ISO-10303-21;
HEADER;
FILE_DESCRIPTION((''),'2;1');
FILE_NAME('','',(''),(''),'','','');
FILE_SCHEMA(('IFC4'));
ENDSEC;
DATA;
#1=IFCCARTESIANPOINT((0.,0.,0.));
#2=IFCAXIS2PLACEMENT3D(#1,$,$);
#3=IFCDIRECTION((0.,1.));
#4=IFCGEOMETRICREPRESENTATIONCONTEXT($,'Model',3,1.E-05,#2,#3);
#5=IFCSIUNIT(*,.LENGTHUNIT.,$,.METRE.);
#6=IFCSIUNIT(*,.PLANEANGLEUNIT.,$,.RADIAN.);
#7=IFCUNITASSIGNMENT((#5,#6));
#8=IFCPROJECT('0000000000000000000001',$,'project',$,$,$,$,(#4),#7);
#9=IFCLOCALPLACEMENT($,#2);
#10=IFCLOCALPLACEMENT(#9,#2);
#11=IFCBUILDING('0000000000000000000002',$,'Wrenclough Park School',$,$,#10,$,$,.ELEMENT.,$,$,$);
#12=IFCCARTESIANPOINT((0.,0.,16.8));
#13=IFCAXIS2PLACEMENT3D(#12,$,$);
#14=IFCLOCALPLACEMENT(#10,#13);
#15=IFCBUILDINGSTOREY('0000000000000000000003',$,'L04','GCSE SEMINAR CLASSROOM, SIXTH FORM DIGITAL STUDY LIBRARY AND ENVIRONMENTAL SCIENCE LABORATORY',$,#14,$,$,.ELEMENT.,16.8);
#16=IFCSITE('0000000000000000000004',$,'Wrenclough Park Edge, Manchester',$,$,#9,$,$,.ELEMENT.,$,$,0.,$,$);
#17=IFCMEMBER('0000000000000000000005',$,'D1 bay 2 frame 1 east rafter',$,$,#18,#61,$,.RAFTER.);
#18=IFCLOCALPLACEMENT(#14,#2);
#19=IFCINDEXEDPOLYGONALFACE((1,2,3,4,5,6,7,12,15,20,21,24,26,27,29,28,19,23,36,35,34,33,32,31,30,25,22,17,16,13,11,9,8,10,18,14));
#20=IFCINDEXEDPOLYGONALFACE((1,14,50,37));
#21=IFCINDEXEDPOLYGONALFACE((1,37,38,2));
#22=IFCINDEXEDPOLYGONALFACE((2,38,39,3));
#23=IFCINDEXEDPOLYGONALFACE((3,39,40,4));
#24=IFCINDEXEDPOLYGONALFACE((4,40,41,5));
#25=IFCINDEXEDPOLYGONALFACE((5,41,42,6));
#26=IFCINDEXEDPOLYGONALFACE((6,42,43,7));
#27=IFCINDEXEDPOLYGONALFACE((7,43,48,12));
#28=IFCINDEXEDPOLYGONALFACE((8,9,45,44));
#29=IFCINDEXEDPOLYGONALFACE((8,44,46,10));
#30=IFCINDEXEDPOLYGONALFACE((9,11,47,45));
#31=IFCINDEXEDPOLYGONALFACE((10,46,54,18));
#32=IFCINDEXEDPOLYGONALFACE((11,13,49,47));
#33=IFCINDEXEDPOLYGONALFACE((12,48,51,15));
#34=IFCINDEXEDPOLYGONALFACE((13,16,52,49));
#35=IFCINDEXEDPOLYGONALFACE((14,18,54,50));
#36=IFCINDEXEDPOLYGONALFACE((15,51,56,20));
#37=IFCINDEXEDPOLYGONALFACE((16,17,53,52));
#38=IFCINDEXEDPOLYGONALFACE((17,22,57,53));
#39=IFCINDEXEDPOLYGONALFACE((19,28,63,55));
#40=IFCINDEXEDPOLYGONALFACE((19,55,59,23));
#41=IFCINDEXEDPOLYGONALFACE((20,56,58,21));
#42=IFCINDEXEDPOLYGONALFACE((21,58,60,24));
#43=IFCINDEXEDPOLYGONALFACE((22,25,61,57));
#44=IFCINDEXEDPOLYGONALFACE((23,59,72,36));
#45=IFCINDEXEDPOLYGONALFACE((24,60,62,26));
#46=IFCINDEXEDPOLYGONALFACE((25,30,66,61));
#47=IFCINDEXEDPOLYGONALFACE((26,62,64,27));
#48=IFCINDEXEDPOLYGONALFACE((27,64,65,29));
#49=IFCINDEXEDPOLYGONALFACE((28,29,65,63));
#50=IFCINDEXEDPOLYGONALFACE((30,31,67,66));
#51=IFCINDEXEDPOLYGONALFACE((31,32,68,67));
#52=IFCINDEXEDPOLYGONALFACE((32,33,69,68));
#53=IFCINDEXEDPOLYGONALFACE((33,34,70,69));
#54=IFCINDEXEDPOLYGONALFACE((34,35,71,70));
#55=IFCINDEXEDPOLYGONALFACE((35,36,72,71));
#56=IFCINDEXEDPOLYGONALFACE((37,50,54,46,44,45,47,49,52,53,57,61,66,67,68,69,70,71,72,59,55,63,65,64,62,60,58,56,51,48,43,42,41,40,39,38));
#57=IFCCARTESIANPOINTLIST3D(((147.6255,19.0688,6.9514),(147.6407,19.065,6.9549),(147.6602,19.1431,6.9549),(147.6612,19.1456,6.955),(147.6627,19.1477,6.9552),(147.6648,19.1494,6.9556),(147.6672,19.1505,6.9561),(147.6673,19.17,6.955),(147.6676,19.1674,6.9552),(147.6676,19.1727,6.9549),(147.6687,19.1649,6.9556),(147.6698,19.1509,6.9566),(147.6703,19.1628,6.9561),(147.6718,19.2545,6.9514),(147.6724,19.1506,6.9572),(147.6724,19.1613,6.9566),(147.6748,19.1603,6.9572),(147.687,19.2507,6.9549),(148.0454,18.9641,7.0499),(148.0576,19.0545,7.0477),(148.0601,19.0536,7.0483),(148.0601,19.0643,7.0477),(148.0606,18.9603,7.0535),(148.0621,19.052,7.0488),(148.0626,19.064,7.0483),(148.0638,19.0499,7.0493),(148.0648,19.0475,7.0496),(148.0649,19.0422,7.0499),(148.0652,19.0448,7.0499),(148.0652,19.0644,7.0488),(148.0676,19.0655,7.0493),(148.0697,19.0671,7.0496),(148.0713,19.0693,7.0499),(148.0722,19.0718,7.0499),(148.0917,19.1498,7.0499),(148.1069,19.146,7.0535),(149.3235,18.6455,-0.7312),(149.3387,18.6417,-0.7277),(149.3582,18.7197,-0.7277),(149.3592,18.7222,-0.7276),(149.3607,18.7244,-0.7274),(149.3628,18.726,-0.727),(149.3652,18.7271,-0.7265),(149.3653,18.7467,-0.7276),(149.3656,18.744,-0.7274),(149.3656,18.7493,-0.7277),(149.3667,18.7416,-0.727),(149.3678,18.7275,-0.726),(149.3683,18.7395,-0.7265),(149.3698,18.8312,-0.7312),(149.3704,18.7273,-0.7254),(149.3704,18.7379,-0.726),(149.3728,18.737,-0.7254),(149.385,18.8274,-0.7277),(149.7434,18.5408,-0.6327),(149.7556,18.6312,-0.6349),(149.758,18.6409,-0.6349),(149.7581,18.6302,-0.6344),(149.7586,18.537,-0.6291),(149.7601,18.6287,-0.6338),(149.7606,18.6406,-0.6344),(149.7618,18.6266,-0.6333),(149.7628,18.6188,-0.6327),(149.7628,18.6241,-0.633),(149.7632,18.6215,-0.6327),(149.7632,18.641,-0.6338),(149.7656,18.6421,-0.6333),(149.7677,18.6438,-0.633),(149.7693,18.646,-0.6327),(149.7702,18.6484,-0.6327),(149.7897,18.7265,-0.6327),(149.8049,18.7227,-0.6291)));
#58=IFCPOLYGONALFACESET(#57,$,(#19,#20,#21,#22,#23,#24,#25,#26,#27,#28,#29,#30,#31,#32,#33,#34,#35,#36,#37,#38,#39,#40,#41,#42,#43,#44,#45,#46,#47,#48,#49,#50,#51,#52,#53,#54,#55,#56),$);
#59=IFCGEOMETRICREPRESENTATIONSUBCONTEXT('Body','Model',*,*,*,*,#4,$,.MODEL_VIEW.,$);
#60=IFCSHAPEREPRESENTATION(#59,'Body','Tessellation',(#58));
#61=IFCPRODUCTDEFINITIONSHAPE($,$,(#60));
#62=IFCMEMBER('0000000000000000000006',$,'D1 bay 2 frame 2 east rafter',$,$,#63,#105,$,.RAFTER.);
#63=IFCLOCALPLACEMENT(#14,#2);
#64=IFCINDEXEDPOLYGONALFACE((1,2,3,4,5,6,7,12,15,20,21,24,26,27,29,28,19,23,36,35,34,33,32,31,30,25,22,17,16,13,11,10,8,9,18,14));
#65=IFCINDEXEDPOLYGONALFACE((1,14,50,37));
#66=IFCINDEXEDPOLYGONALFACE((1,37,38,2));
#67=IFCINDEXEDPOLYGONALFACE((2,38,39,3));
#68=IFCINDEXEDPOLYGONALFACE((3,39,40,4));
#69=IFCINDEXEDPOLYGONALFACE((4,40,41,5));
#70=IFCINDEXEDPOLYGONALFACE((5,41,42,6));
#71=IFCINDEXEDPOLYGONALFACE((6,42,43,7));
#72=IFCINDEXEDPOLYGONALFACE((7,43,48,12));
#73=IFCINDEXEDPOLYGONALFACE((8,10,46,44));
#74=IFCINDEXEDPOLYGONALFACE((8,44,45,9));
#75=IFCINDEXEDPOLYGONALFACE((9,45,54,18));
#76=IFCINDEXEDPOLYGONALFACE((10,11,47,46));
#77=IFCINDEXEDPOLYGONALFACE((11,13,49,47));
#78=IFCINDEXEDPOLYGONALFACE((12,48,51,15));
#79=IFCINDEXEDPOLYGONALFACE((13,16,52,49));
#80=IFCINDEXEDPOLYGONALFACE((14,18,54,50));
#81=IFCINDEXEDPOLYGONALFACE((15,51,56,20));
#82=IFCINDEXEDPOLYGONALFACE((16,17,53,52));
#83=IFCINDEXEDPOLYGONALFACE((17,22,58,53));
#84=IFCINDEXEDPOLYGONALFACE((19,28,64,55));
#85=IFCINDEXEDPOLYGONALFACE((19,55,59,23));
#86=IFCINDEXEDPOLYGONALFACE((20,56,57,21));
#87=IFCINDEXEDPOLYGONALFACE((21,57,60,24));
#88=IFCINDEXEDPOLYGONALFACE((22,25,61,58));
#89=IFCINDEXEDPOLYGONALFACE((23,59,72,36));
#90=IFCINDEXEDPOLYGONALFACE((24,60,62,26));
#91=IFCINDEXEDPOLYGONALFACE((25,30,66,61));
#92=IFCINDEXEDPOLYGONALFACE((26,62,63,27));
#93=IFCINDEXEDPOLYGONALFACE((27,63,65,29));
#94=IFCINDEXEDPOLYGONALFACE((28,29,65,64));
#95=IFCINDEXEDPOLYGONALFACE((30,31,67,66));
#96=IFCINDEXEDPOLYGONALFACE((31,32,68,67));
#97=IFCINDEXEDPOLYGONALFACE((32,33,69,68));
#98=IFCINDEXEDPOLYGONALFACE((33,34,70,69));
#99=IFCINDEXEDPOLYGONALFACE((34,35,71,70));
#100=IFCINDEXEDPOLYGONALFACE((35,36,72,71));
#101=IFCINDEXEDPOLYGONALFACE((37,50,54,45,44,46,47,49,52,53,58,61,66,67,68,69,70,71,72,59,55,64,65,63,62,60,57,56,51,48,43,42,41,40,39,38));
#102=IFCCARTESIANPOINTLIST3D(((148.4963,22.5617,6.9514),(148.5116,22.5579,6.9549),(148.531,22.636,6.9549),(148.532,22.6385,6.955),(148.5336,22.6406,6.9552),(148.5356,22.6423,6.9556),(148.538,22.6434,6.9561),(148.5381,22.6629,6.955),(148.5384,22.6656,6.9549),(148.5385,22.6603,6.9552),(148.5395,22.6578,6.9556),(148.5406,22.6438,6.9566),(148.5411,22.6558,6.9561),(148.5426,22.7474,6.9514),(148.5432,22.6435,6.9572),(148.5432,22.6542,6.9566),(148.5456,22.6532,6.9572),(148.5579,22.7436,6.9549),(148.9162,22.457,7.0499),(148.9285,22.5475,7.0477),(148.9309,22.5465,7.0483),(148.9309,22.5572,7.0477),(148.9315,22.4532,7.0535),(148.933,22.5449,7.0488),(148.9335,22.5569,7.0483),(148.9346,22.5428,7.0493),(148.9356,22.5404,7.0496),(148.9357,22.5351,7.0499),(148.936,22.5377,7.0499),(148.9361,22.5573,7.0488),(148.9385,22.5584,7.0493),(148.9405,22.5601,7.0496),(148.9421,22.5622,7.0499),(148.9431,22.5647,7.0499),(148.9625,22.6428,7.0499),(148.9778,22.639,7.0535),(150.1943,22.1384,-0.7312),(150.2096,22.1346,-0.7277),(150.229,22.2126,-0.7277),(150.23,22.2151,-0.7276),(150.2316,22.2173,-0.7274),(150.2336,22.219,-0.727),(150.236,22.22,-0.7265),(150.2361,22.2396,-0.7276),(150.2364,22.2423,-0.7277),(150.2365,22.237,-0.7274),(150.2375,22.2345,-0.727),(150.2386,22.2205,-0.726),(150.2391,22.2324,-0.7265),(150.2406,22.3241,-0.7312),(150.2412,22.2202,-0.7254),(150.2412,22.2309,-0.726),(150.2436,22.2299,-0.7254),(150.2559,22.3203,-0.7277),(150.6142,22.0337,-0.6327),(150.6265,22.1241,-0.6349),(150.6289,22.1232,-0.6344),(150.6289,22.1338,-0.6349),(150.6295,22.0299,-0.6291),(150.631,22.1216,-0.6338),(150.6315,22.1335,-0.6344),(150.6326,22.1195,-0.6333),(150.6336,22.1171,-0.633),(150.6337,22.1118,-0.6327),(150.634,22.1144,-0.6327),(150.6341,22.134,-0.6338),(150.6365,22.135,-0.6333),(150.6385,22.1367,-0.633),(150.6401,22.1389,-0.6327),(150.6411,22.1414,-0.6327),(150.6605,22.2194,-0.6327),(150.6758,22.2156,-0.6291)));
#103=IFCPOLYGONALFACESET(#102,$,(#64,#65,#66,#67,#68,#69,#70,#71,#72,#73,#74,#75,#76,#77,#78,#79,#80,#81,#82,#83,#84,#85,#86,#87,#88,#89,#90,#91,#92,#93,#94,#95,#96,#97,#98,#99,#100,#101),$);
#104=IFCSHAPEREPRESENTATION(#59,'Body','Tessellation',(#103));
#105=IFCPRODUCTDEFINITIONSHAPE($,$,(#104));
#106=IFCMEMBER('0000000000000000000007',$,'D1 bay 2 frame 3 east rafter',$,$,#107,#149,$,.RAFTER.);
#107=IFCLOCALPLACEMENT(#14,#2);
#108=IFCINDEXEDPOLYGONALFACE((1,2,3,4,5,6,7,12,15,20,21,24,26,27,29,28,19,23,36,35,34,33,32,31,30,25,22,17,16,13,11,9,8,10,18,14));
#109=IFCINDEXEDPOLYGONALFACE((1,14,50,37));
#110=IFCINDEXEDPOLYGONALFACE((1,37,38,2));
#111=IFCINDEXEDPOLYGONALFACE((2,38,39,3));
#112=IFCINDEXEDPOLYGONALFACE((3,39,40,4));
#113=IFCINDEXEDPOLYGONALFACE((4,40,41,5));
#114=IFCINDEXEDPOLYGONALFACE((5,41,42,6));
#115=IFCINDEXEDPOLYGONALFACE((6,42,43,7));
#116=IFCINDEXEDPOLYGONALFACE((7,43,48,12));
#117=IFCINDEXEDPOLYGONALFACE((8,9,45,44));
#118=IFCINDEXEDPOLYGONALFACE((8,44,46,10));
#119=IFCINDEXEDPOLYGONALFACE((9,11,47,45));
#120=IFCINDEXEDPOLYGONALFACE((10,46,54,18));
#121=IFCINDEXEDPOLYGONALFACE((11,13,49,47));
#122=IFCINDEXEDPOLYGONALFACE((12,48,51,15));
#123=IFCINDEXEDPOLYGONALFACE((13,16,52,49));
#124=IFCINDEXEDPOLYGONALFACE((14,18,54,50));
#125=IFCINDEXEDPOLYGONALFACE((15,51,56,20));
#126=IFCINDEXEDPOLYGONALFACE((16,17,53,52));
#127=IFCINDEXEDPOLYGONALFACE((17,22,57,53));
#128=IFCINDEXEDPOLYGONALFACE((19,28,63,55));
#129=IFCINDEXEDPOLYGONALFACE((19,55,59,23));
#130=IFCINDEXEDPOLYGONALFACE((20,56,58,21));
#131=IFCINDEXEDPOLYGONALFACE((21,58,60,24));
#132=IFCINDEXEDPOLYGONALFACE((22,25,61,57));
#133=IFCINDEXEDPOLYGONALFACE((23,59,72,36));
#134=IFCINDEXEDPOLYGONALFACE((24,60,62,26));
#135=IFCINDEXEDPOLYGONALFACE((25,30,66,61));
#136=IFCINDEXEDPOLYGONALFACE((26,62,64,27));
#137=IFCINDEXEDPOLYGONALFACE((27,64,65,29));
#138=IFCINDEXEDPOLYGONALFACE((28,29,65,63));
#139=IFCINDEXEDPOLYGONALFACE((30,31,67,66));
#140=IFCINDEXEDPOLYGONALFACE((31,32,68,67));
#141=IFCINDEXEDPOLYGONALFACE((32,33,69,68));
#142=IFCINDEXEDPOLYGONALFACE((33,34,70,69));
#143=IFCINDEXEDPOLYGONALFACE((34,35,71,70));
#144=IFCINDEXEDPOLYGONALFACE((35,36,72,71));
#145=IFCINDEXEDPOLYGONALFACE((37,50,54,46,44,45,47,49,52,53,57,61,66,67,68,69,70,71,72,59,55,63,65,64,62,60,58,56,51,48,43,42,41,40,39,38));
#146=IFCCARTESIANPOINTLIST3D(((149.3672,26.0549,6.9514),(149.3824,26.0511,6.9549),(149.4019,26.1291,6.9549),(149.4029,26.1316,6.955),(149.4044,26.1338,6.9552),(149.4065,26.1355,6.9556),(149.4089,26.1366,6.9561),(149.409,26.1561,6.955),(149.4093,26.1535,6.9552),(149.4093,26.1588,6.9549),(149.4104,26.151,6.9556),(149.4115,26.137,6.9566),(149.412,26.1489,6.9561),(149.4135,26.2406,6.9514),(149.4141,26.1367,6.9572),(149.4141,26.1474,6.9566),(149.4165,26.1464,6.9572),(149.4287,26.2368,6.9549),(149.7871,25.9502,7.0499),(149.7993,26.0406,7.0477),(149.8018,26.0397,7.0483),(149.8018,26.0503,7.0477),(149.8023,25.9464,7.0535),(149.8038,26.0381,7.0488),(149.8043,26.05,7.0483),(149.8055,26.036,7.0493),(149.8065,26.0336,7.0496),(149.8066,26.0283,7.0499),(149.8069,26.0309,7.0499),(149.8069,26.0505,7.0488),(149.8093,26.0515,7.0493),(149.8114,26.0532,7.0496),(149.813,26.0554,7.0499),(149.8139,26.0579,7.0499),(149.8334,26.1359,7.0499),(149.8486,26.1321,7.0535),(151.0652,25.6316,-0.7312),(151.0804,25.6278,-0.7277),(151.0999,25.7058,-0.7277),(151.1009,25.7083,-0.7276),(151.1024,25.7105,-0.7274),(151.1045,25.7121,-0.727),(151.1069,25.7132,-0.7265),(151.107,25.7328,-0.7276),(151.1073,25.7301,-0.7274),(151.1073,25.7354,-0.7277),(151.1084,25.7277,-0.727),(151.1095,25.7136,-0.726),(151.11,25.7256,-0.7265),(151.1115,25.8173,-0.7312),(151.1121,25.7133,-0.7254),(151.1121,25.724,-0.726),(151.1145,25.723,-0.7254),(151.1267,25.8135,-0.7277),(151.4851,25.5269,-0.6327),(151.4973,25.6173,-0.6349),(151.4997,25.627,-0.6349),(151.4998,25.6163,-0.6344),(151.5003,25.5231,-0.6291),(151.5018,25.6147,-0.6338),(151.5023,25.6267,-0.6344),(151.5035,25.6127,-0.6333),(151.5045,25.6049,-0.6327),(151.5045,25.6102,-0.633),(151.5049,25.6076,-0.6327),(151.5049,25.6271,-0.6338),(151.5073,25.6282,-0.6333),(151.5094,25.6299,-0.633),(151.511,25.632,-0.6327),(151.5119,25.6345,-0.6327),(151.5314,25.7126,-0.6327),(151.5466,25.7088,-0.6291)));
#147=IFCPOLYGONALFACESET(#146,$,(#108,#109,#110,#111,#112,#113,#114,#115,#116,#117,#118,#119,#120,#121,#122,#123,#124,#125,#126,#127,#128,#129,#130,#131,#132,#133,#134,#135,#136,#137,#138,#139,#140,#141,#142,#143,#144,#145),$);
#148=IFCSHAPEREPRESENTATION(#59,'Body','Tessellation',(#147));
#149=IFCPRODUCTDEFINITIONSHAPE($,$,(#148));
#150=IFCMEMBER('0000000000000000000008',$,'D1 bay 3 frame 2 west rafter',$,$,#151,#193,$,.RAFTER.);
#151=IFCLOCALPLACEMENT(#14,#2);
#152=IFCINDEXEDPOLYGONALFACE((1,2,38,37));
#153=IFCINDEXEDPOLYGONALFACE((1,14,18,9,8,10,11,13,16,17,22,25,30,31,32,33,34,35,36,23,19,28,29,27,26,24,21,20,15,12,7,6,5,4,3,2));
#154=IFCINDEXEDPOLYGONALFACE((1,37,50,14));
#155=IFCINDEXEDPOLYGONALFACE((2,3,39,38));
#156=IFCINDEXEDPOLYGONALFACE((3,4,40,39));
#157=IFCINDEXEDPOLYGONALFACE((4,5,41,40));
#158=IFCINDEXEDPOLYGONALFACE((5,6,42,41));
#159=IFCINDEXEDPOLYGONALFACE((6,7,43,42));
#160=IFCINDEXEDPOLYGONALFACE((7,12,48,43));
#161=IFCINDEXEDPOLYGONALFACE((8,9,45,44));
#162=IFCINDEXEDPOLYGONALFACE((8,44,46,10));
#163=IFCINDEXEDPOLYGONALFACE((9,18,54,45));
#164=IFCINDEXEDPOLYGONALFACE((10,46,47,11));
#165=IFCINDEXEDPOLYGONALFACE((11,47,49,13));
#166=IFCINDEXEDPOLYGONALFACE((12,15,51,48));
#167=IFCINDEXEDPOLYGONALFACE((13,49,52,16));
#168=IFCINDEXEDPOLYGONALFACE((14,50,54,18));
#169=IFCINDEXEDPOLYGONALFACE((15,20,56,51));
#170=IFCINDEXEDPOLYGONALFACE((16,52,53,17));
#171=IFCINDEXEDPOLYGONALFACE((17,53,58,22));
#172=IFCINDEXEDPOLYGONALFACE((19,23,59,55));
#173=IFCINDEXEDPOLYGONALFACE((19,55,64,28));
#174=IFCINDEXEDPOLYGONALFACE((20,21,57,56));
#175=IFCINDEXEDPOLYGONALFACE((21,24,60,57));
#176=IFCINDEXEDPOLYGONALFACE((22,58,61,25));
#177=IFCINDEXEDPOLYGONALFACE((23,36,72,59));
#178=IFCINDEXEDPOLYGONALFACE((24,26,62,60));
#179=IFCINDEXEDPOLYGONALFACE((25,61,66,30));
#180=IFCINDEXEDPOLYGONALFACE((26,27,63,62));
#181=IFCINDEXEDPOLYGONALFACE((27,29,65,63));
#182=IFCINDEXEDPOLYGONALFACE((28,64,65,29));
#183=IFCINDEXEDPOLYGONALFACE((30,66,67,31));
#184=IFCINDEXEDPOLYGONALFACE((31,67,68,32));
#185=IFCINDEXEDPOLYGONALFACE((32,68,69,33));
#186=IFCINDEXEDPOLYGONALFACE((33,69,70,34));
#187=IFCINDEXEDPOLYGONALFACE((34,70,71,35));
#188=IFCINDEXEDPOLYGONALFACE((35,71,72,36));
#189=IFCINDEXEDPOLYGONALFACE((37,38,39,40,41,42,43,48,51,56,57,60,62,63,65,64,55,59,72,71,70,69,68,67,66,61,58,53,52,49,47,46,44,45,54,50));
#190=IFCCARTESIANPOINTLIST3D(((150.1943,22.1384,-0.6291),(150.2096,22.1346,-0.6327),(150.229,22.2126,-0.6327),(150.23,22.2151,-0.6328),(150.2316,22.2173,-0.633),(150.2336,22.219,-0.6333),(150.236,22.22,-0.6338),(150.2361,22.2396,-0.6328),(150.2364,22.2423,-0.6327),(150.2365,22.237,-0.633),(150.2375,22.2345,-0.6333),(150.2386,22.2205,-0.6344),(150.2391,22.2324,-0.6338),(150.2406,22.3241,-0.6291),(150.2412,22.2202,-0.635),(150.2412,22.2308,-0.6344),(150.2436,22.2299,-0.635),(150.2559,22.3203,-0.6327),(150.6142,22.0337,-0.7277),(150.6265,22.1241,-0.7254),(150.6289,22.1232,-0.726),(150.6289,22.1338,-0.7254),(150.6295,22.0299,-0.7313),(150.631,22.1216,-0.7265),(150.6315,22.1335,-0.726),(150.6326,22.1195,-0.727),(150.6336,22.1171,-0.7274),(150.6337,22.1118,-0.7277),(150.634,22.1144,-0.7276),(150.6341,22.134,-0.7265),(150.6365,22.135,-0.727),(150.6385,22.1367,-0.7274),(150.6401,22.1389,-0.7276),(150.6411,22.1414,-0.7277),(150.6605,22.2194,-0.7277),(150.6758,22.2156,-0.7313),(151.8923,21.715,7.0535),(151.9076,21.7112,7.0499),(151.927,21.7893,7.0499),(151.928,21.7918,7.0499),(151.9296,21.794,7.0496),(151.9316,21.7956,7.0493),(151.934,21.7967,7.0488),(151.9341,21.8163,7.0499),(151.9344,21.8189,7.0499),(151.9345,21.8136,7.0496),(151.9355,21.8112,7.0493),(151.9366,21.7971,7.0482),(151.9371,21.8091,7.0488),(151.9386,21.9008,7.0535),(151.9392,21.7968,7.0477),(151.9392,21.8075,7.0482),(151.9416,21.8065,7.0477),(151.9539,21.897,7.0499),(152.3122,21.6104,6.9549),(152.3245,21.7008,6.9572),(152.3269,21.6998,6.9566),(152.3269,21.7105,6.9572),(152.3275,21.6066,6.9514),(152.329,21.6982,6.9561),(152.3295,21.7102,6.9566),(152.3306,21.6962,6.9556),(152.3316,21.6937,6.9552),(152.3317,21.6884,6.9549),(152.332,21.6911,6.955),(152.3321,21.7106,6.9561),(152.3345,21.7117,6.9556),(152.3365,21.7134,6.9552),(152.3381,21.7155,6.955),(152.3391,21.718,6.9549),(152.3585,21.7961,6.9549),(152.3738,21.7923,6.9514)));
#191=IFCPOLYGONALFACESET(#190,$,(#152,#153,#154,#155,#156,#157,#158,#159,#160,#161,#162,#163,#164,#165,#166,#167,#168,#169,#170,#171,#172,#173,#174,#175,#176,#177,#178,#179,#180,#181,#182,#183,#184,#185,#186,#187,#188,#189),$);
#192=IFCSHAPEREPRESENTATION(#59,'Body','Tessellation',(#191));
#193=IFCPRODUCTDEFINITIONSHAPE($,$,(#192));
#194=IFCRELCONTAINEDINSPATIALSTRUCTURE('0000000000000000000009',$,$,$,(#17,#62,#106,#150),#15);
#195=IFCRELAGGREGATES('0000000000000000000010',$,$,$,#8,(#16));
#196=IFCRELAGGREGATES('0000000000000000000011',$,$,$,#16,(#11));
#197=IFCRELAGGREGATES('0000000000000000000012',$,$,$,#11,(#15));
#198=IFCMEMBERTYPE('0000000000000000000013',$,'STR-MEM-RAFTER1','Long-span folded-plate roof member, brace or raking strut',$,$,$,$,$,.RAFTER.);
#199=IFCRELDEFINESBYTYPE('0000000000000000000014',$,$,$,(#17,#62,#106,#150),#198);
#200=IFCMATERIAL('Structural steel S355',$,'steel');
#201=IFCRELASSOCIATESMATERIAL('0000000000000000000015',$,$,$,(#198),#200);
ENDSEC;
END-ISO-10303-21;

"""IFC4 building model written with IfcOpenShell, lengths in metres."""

from ifc_helpers import new_model, si_unit, direction, frame, origin, origin_2d, place, context, subcontext, project, spatial, i_section, extrude, material, material_profile, profile_set, type_object, element, save


model = new_model("IFC4")

# Units and contexts
model_context = context("Model", 3, precision=1e-05, world=origin(), true_north=direction((0.0, 1.0)))
body_context = subcontext(model_context, "Body", "Model", "MODEL_VIEW")
ifc_project = project(units=[si_unit("LENGTHUNIT", "METRE"), si_unit("PLANEANGLEUNIT", "RADIAN")], contexts=[model_context])

# Site, building, storey
site_placement = place(None, origin())
site = spatial("IfcSite", under=ifc_project, at=site_placement, Name="Wrenclough Park Edge, Manchester", CompositionType="ELEMENT", RefElevation=0.0)
building_placement = place(site_placement, origin())
building = spatial("IfcBuilding", under=site, at=building_placement, Name="Wrenclough Park School", CompositionType="ELEMENT")
storey_placement = place(building_placement, frame((0.0, 0.0, 16.8)))
storey = spatial("IfcBuildingStorey", under=building, at=storey_placement, Name="L04", Description="GCSE SEMINAR CLASSROOM, SIXTH FORM DIGITAL STUDY LIBRARY AND ENVIRONMENTAL SCIENCE LABORATORY", CompositionType="ELEMENT", Elevation=16.8)

# Members
ifc_material_1 = material(Name="Structural steel S355", Category="steel")
ifc_material_profile_1 = material_profile(ifc_material_1, i_section(OverallWidth=0.1914, OverallDepth=0.46, WebThickness=0.01, FlangeThickness=0.0161, FilletRadius=0.0103, at=origin_2d()), Name="UKB 457x191x82")
ifc_profile_set_1 = profile_set([ifc_material_profile_1], Name="Structural steel S355")
member_type_1 = type_object("IfcMemberType", Name="STR-MEM-RAFTER1", Description="Long-span folded-plate roof member, brace or raking strut", PredefinedType="RAFTER", material=ifc_profile_set_1)
for number, where, z_axis, x_axis, name in (
    (1, (147.8662, 19.1074, 7.0024), (0.215498, -0.053727, -0.975025), (0.241912, 0.970298, 0.0), "D1 bay 2 frame 1 east rafter"),
    (2, (148.7371, 22.6003, 7.0024), (0.215498, -0.053727, -0.975025), (0.241912, 0.970298, 0.0), "D1 bay 2 frame 2 east rafter"),
    (3, (149.6079, 26.0935, 7.0024), (0.215498, -0.053727, -0.975025), (0.241912, 0.970298, 0.0), "D1 bay 2 frame 3 east rafter"),
    (4, (150.4351, 22.177, -0.6802), (0.215498, -0.053727, 0.975025), (0.241912, 0.970298, 0.0), "D1 bay 3 frame 2 west rafter"),
):
    element("IfcMember", number, at=place(storey_placement, frame(where, z_axis=z_axis, x_axis=x_axis)), inside=storey, type_object=member_type_1, Name=name, PredefinedType="RAFTER", context=body_context, shape_type="SweptSolid", body=[
        extrude(i_section(OverallWidth=0.1914, OverallDepth=0.46, WebThickness=0.01, FlangeThickness=0.0161, FilletRadius=0.0103, at=origin_2d()), origin(), (0.0, 0.0, 1.0), 7.8794),
    ])

save(model, "model.ifc")
